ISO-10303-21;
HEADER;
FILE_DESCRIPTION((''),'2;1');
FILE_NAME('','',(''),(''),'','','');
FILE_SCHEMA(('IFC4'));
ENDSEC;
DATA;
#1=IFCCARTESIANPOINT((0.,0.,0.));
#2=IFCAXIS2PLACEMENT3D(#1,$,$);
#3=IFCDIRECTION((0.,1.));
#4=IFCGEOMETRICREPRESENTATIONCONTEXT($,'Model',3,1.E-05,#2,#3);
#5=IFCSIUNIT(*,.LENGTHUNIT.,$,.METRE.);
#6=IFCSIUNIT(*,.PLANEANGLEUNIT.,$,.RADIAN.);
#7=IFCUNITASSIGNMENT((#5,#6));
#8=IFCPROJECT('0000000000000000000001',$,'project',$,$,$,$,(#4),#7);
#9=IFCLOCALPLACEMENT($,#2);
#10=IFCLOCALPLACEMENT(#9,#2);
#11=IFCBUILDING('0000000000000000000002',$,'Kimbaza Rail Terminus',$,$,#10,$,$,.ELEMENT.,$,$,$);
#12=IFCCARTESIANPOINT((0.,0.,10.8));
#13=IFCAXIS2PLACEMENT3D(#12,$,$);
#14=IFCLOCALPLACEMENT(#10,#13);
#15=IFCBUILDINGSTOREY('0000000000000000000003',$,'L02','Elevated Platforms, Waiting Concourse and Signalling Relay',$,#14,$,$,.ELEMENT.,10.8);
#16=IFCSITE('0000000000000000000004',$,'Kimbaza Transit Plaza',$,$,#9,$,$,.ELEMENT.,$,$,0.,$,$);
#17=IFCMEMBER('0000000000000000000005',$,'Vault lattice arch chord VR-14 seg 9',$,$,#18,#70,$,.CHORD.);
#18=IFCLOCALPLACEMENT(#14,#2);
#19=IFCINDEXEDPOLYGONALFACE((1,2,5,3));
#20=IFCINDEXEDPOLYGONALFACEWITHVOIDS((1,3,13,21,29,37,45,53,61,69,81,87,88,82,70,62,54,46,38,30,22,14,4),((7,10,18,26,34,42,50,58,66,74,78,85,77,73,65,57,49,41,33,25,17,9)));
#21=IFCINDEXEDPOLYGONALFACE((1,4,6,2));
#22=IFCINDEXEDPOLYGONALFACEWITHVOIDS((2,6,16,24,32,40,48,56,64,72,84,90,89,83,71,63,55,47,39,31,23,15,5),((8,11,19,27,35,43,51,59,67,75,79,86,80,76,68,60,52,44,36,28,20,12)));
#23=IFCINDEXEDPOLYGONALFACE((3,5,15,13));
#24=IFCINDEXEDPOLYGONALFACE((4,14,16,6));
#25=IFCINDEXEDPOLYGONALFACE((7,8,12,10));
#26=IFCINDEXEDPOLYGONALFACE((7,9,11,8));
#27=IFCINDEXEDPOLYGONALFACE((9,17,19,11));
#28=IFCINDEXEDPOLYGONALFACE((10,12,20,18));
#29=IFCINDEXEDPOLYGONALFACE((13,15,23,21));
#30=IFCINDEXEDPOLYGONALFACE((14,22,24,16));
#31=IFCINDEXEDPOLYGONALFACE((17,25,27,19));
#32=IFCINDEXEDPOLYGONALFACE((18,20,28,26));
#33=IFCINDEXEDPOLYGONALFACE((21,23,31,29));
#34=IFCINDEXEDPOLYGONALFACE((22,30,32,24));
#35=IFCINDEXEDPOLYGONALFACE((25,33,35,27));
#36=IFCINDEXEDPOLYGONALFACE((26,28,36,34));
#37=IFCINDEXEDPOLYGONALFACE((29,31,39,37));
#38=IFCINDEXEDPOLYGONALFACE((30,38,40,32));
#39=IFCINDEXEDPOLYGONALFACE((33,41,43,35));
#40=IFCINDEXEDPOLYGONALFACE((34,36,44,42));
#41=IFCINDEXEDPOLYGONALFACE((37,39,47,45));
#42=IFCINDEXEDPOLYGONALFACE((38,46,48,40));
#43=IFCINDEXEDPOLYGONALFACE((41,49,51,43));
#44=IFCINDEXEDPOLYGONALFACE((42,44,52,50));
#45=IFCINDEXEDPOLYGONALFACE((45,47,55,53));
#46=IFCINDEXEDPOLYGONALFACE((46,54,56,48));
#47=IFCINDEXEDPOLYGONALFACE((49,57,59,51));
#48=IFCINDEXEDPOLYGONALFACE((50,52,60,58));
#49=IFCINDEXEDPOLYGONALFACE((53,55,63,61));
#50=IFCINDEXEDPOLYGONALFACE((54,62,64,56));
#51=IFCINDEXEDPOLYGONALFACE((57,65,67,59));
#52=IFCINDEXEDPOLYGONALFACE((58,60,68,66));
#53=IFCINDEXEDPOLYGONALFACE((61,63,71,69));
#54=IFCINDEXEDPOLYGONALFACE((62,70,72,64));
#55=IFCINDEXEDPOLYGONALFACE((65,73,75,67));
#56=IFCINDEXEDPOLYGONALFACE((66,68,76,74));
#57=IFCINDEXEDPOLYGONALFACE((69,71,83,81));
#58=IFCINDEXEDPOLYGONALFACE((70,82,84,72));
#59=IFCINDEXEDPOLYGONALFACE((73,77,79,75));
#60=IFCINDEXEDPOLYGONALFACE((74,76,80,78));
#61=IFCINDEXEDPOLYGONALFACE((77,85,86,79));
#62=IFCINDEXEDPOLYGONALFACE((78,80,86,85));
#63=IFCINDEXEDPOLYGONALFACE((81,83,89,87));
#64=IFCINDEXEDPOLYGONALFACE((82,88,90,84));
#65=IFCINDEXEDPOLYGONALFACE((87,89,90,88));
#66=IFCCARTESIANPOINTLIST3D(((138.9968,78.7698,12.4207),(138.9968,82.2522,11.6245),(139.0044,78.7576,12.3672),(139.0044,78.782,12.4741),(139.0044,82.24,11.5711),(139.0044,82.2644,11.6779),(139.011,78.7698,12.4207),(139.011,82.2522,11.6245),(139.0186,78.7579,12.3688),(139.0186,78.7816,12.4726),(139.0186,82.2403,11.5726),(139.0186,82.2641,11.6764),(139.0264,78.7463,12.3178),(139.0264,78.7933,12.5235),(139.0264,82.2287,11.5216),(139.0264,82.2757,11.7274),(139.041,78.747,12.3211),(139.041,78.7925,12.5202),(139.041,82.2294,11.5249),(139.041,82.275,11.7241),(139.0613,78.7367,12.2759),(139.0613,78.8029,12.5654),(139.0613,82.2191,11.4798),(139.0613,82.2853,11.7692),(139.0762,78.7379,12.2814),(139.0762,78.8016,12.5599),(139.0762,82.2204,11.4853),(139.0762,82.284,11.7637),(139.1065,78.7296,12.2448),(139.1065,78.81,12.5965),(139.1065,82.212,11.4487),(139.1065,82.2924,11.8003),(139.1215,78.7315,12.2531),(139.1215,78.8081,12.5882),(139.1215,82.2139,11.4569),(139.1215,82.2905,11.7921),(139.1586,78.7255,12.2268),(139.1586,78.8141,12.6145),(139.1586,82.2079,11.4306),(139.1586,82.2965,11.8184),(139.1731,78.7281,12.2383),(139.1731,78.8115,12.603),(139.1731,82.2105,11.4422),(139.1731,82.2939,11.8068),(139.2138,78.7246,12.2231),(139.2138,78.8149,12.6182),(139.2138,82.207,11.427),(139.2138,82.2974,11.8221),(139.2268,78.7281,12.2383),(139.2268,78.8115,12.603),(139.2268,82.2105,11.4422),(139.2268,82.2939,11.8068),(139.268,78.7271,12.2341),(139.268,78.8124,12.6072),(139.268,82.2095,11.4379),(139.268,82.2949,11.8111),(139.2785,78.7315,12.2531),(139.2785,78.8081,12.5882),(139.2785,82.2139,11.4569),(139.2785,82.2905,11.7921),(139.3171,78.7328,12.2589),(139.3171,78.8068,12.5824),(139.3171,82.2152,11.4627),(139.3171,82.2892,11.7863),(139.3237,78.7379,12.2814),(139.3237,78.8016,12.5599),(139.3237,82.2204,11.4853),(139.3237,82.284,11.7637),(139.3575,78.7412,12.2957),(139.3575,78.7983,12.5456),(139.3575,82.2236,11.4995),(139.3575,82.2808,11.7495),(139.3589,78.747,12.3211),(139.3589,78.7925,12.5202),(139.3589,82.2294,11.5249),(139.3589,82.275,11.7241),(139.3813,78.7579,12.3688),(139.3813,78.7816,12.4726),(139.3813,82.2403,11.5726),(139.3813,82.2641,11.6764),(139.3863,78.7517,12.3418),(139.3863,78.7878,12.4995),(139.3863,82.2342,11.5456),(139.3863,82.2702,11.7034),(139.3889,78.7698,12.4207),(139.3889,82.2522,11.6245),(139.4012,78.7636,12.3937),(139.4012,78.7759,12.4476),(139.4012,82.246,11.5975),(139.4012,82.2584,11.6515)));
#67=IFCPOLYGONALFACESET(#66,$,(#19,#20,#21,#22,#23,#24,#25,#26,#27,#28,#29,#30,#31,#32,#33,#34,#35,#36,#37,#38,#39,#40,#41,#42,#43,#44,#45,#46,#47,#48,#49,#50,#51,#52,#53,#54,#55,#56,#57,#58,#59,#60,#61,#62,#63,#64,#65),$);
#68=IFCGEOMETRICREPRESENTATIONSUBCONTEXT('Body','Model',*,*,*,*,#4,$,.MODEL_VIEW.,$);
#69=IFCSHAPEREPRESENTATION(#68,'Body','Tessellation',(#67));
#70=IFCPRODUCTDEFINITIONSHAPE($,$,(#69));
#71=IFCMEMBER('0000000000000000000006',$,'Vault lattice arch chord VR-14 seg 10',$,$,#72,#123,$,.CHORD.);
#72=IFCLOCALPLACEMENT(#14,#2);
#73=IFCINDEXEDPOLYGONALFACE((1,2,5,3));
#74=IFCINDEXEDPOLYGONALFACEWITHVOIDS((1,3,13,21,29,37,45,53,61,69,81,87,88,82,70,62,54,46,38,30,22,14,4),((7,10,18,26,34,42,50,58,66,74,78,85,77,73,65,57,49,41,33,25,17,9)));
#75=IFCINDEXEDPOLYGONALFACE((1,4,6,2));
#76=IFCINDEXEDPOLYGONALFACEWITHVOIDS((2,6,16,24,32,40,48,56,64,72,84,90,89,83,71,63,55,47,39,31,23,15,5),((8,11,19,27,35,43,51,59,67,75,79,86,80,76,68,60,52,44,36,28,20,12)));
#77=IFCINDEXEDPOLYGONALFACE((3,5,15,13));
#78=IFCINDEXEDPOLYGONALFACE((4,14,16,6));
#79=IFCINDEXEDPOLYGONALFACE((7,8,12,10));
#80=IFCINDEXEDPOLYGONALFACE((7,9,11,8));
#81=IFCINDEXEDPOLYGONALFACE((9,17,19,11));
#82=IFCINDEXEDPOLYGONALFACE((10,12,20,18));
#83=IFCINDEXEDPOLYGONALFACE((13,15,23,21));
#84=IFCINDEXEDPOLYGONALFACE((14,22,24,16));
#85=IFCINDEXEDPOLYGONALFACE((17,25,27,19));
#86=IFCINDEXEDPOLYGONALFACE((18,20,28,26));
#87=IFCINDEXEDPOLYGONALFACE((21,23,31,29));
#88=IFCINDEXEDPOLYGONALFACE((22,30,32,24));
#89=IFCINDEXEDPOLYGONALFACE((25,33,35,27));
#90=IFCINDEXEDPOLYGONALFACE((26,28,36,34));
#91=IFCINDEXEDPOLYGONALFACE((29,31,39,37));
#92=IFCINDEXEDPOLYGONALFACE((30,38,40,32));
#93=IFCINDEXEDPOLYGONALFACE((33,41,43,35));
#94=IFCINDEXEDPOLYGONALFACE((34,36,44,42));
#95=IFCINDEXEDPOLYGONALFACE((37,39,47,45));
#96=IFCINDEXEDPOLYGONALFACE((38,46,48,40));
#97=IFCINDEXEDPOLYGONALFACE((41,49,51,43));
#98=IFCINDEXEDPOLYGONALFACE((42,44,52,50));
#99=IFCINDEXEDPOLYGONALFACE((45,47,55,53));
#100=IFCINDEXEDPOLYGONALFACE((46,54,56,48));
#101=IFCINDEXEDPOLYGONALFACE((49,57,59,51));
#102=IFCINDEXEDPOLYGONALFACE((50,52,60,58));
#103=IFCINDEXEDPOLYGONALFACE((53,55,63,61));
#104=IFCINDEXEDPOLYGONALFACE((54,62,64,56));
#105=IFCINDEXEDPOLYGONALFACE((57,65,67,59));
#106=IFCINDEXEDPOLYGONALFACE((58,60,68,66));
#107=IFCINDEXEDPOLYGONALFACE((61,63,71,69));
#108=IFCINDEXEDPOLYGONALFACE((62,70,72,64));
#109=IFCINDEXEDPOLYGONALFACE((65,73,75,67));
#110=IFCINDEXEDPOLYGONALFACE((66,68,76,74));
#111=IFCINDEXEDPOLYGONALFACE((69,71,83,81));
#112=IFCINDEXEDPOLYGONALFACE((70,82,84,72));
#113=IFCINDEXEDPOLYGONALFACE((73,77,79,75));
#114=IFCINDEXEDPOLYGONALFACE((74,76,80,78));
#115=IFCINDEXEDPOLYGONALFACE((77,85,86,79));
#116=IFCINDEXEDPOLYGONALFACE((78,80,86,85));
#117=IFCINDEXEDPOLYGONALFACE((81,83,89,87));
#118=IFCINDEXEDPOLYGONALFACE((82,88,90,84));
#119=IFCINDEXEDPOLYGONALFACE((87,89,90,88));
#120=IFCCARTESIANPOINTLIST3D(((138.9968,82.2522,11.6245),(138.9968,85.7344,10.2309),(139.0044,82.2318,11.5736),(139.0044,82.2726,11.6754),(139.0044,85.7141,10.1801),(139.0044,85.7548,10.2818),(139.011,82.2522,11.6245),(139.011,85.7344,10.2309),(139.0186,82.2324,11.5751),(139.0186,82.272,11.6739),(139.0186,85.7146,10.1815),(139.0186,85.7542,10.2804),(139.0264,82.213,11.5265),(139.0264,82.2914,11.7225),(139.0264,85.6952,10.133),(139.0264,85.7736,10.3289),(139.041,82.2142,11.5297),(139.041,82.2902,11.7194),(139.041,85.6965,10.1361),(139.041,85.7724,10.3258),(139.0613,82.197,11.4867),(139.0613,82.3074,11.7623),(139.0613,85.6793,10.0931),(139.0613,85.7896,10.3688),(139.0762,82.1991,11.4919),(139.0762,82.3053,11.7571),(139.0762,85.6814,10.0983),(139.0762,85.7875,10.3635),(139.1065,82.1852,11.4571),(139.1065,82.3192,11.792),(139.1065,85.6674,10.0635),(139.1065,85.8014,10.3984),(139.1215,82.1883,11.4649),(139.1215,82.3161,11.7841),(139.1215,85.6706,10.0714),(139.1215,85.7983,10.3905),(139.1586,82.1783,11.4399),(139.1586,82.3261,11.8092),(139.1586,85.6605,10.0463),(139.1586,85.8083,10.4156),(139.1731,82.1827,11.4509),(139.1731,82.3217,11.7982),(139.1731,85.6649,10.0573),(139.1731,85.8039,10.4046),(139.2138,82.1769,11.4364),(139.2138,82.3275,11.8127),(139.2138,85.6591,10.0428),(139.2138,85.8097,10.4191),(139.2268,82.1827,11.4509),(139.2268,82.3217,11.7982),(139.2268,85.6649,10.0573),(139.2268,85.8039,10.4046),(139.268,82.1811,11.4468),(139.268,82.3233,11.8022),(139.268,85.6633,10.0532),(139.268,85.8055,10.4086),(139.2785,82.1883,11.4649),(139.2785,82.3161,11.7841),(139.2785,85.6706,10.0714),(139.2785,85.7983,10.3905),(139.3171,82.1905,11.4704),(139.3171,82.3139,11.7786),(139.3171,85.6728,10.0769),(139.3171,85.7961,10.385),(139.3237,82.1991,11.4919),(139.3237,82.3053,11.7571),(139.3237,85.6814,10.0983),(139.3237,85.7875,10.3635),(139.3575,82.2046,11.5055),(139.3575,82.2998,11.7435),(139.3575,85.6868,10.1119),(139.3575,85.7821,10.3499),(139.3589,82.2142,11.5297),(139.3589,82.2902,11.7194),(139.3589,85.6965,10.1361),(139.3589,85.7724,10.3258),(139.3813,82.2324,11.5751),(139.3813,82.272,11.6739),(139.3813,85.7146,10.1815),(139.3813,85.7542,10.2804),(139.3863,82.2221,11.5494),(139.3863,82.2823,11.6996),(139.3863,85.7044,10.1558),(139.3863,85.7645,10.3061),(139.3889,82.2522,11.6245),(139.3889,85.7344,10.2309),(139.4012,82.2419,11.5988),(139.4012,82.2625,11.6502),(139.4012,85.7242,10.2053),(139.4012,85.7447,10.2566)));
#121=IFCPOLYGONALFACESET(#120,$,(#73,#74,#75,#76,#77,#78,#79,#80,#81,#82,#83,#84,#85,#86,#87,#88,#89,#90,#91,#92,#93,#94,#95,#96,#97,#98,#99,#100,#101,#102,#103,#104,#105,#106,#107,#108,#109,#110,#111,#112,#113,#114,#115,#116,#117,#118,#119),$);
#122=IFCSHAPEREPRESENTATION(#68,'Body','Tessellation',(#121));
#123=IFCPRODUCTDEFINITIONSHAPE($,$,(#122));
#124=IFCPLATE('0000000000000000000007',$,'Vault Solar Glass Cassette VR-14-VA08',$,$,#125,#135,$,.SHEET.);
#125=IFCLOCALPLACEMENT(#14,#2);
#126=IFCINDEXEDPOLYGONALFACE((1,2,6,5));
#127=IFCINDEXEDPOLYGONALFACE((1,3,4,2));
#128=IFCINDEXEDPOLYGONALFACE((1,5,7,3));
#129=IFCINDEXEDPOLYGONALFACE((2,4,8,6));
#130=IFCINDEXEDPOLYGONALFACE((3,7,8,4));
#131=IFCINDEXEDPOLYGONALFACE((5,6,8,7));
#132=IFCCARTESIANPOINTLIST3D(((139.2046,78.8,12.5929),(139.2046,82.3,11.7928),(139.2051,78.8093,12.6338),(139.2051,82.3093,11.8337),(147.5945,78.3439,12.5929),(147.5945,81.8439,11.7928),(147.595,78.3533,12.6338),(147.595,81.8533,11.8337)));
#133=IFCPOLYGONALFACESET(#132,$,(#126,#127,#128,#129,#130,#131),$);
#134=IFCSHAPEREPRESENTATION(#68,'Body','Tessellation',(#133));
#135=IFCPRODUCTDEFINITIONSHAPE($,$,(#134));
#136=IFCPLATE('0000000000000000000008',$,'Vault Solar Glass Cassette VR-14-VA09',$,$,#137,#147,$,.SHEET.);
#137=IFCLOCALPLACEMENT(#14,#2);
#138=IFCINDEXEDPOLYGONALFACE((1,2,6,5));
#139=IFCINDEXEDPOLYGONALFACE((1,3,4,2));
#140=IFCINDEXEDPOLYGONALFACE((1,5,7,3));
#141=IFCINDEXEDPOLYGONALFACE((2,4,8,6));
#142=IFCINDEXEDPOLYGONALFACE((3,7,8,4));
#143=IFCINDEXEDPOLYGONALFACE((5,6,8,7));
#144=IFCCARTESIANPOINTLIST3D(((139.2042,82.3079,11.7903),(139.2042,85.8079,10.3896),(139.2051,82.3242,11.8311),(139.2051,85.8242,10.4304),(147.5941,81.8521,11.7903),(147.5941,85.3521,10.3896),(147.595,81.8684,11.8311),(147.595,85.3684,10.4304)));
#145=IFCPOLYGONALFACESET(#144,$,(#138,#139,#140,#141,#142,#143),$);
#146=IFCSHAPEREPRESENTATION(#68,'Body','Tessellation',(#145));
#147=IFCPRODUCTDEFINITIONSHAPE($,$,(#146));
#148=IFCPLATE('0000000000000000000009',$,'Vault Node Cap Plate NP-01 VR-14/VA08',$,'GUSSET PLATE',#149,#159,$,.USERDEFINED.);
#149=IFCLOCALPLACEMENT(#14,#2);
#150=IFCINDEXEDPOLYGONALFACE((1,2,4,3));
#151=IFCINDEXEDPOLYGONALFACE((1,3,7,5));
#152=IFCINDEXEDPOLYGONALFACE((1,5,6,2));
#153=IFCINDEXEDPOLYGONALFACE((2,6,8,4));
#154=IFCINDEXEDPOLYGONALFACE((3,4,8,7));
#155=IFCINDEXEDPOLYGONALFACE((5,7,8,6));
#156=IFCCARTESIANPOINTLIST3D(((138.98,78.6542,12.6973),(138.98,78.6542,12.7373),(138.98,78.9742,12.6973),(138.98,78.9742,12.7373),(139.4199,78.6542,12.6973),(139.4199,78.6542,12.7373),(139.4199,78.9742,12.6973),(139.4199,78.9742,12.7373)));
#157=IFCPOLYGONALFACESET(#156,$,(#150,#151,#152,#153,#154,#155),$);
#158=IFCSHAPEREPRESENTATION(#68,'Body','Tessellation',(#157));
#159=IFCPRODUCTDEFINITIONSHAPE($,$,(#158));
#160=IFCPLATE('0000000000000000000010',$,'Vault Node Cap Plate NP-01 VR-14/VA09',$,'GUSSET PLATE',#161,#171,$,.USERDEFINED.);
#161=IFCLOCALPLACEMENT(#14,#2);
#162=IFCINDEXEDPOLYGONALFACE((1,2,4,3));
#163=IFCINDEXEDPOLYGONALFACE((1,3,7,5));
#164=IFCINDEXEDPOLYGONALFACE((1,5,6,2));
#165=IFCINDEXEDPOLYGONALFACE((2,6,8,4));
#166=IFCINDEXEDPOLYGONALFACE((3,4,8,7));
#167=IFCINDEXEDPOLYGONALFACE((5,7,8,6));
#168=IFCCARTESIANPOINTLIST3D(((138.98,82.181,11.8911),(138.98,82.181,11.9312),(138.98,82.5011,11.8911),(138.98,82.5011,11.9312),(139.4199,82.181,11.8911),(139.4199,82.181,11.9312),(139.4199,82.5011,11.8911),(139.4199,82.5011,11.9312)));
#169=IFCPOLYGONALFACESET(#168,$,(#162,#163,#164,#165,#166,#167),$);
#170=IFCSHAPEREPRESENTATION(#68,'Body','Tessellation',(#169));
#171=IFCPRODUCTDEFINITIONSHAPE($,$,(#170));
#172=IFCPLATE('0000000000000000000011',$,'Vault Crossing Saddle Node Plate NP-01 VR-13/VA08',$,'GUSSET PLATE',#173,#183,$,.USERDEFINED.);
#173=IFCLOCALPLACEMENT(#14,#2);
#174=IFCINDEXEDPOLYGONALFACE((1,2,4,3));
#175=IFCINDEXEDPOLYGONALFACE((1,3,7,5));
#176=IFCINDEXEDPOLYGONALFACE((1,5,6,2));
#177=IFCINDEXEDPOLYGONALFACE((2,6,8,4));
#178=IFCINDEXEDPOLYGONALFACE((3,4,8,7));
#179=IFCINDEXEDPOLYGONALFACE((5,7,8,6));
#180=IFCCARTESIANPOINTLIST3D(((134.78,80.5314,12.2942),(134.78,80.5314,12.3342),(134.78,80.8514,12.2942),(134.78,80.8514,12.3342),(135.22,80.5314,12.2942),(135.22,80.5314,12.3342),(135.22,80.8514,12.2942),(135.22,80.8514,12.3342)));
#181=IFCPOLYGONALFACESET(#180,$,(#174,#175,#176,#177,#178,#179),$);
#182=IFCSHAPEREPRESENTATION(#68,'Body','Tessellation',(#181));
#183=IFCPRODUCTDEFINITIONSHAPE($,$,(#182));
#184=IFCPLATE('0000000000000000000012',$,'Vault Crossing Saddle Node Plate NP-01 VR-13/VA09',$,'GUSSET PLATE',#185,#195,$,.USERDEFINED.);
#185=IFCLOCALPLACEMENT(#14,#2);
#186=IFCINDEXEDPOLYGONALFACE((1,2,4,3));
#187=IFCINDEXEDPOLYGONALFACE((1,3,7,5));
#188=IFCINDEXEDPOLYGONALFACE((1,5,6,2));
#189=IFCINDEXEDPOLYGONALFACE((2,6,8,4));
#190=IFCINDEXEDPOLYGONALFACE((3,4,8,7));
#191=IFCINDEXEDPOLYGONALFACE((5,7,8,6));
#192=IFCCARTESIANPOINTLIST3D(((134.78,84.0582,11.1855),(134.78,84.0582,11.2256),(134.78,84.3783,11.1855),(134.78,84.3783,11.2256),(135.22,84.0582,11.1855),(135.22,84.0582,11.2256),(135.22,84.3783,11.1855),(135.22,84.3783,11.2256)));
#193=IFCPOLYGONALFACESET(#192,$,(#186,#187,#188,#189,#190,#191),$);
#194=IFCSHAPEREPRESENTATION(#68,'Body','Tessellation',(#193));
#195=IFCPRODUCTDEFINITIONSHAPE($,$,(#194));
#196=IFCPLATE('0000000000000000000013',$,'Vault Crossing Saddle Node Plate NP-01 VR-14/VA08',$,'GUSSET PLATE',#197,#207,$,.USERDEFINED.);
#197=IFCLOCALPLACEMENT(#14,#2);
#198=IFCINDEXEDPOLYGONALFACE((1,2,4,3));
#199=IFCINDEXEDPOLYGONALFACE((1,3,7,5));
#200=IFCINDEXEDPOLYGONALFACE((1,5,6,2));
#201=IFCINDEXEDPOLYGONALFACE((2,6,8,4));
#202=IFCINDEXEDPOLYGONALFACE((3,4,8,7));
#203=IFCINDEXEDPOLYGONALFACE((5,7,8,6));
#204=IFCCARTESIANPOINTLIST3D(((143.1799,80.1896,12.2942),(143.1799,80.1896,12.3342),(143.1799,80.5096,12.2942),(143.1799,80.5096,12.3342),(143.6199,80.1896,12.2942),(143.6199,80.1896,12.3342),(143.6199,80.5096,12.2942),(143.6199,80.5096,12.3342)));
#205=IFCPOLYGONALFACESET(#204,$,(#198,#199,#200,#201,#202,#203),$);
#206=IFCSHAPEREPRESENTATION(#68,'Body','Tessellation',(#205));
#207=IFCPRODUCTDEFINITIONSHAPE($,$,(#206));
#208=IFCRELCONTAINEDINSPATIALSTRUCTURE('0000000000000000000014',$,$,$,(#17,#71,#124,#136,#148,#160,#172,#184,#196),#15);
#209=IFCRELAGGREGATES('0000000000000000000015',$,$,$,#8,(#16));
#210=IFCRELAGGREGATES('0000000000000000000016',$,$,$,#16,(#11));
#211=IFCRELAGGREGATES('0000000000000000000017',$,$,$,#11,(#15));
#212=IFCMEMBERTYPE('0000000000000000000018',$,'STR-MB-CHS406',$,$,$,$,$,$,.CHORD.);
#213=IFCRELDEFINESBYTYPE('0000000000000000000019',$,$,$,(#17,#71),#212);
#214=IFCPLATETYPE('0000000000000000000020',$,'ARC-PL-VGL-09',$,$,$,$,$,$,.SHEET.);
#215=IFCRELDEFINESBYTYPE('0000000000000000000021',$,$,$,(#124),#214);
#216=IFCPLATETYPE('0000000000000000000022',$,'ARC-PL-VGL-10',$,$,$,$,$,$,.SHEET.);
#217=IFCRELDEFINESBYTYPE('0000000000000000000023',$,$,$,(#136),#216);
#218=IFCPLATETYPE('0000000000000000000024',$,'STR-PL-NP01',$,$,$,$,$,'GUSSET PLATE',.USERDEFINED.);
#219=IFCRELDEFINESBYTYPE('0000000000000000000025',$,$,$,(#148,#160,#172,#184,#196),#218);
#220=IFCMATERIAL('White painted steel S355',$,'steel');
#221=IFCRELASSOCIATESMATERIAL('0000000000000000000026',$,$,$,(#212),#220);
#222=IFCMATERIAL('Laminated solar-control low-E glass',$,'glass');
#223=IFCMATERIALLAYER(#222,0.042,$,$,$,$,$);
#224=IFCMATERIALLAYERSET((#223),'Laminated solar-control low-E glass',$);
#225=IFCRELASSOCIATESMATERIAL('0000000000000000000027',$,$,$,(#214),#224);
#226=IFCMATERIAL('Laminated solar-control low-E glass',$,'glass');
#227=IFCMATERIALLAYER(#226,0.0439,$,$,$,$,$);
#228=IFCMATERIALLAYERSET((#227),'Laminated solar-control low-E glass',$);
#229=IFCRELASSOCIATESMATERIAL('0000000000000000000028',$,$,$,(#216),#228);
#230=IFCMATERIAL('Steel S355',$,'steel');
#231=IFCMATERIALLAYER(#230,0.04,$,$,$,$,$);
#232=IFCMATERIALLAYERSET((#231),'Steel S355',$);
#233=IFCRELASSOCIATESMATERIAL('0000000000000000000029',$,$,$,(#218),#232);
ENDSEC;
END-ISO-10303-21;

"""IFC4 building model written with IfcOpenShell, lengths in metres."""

from ifc_helpers import new_model, si_unit, direction, frame, origin, origin_2d, place, context, subcontext, project, spatial, polyline, rectangle, hollow_circle, outline, extrude, material, layer, layer_set, material_profile, profile_set, type_object, element, save


model = new_model("IFC4")

# Units and contexts
model_context = context("Model", 3, precision=1e-05, world=origin(), true_north=direction((0.0, 1.0)))
body_context = subcontext(model_context, "Body", "Model", "MODEL_VIEW")
ifc_project = project(units=[si_unit("LENGTHUNIT", "METRE"), si_unit("PLANEANGLEUNIT", "RADIAN")], contexts=[model_context])

# Site, building, storey
site_placement = place(None, origin())
site = spatial("IfcSite", under=ifc_project, at=site_placement, Name="Kimbaza Transit Plaza", CompositionType="ELEMENT", RefElevation=0.0)
building_placement = place(site_placement, origin())
building = spatial("IfcBuilding", under=site, at=building_placement, Name="Kimbaza Rail Terminus", CompositionType="ELEMENT")
storey_placement = place(building_placement, frame((0.0, 0.0, 10.8)))
storey = spatial("IfcBuildingStorey", under=building, at=storey_placement, Name="L02", Description="Elevated Platforms, Waiting Concourse and Signalling Relay", CompositionType="ELEMENT", Elevation=10.8)

# Members
ifc_material_1 = material(Name="White painted steel S355", Category="steel")
ifc_material_profile_1 = material_profile(ifc_material_1, hollow_circle(Radius=0.2031, WallThickness=0.0142, at=origin_2d()), Name="CHS 406.4x14.2")
ifc_profile_set_1 = profile_set([ifc_material_profile_1], Name="White painted steel S355")
member_type_1 = type_object("IfcMemberType", Name="STR-MB-CHS406", PredefinedType="CHORD", material=ifc_profile_set_1)
member_1_placement = place(storey_placement, frame((139.2, 78.7698, 12.4207), z_axis=(0.0, 0.974849, -0.222867), x_axis=(-1.0, 0.0, 0.0)))
element("IfcMember", 1, at=member_1_placement, inside=storey, type_object=member_type_1, Name="Vault lattice arch chord VR-14 seg 9", PredefinedType="CHORD", context=body_context, shape_type="SweptSolid", body=[
    extrude(hollow_circle(Radius=0.2031, WallThickness=0.0142, at=origin_2d()), origin(), (0.0, 0.0, 1.0), 3.5723),
])
member_2_placement = place(storey_placement, frame((139.2, 82.2522, 11.6245), z_axis=(0.0, 0.928414, -0.371548), x_axis=(-1.0, 0.0, 0.0)))
element("IfcMember", 2, at=member_2_placement, inside=storey, type_object=member_type_1, Name="Vault lattice arch chord VR-14 seg 10", PredefinedType="CHORD", context=body_context, shape_type="SweptSolid", body=[
    extrude(hollow_circle(Radius=0.2031, WallThickness=0.0142, at=origin_2d()), origin(), (0.0, 0.0, 1.0), 3.7507),
])

# Plates
ifc_material_2 = material(Name="Laminated solar-control low-E glass", Category="glass")
ifc_layer_1 = layer(ifc_material_2, 0.042)
ifc_layer_set_1 = layer_set([ifc_layer_1], Name="Laminated solar-control low-E glass")
plate_type_1 = type_object("IfcPlateType", Name="ARC-PL-VGL-09", PredefinedType="SHEET", material=ifc_layer_set_1)
plate_1_placement = place(storey_placement, frame((139.2051, 78.8093, 12.6338), z_axis=(0.012112, 0.222821, 0.974784), x_axis=(0.998526, -0.054278, 0.0)))
element("IfcPlate", 3, at=plate_1_placement, inside=storey, type_object=plate_type_1, Name="Vault Solar Glass Cassette VR-14-VA08", PredefinedType="SHEET", context=body_context, shape_type="SweptSolid", body=[
    extrude(outline(polyline([(0.0, 0.0), (8.4023, 0.0), (8.2123, 3.5852), (-0.19, 3.5852), (0.0, 0.0)])), origin(), (0.0, 0.0, -1.0), 0.042),
])
ifc_material_3 = material(Name="Laminated solar-control low-E glass", Category="glass")
ifc_layer_2 = layer(ifc_material_3, 0.0439)
ifc_layer_set_2 = layer_set([ifc_layer_2], Name="Laminated solar-control low-E glass")
plate_type_2 = type_object("IfcPlateType", Name="ARC-PL-VGL-10", PredefinedType="SHEET", material=ifc_layer_set_2)
plate_2_placement = place(storey_placement, frame((139.2051, 82.3242, 11.8311), z_axis=(0.020181, 0.37146, 0.92823), x_axis=(0.998527, -0.054249, 0.0)))
element("IfcPlate", 4, at=plate_2_placement, inside=storey, type_object=plate_type_2, Name="Vault Solar Glass Cassette VR-14-VA09", PredefinedType="SHEET", context=body_context, shape_type="SweptSolid", body=[
    extrude(outline(polyline([(0.0, 0.0), (8.4023, 0.0), (8.2124, 3.7651), (-0.1899, 3.7651), (0.0, 0.0)])), origin(), (0.0, 0.0, -1.0), 0.0439),
])
ifc_material_4 = material(Name="Steel S355", Category="steel")
ifc_layer_3 = layer(ifc_material_4, 0.04)
ifc_layer_set_3 = layer_set([ifc_layer_3], Name="Steel S355")
plate_type_3 = type_object("IfcPlateType", Name="STR-PL-NP01", ElementType="GUSSET PLATE", PredefinedType="USERDEFINED", material=ifc_layer_set_3)
for number, where, z_axis, x_axis, name in (
    (5, (139.2, 78.8142, 12.6973), (0.0, 0.0, 1.0), (1.0, 0.0, 0.0), "Vault Node Cap Plate NP-01 VR-14/VA08"),
    (6, (139.2, 82.3411, 11.8911), (0.0, 0.0, 1.0), (1.0, 0.0, 0.0), "Vault Node Cap Plate NP-01 VR-14/VA09"),
    (7, (135.0, 80.6914, 12.2942), (0.0, 0.0, 1.0), (1.0, 0.0, 0.0), "Vault Crossing Saddle Node Plate NP-01 VR-13/VA08"),
    (8, (135.0, 84.2183, 11.1855), (0.0, 0.0, 1.0), (1.0, 0.0, 0.0), "Vault Crossing Saddle Node Plate NP-01 VR-13/VA09"),
    (9, (143.3999, 80.3496, 12.2942), (0.0, 0.0, 1.0), (1.0, 0.0, 0.0), "Vault Crossing Saddle Node Plate NP-01 VR-14/VA08"),
):
    element("IfcPlate", number, at=place(storey_placement, frame(where, z_axis=z_axis, x_axis=x_axis)), inside=storey, type_object=plate_type_3, Name=name, ObjectType="GUSSET PLATE", PredefinedType="USERDEFINED", context=body_context, shape_type="SweptSolid", body=[
        extrude(rectangle(XDim=0.4399, YDim=0.3201, at=origin_2d()), origin(), (0.0, 0.0, 1.0), 0.04),
    ])

save(model, "model.ifc")
